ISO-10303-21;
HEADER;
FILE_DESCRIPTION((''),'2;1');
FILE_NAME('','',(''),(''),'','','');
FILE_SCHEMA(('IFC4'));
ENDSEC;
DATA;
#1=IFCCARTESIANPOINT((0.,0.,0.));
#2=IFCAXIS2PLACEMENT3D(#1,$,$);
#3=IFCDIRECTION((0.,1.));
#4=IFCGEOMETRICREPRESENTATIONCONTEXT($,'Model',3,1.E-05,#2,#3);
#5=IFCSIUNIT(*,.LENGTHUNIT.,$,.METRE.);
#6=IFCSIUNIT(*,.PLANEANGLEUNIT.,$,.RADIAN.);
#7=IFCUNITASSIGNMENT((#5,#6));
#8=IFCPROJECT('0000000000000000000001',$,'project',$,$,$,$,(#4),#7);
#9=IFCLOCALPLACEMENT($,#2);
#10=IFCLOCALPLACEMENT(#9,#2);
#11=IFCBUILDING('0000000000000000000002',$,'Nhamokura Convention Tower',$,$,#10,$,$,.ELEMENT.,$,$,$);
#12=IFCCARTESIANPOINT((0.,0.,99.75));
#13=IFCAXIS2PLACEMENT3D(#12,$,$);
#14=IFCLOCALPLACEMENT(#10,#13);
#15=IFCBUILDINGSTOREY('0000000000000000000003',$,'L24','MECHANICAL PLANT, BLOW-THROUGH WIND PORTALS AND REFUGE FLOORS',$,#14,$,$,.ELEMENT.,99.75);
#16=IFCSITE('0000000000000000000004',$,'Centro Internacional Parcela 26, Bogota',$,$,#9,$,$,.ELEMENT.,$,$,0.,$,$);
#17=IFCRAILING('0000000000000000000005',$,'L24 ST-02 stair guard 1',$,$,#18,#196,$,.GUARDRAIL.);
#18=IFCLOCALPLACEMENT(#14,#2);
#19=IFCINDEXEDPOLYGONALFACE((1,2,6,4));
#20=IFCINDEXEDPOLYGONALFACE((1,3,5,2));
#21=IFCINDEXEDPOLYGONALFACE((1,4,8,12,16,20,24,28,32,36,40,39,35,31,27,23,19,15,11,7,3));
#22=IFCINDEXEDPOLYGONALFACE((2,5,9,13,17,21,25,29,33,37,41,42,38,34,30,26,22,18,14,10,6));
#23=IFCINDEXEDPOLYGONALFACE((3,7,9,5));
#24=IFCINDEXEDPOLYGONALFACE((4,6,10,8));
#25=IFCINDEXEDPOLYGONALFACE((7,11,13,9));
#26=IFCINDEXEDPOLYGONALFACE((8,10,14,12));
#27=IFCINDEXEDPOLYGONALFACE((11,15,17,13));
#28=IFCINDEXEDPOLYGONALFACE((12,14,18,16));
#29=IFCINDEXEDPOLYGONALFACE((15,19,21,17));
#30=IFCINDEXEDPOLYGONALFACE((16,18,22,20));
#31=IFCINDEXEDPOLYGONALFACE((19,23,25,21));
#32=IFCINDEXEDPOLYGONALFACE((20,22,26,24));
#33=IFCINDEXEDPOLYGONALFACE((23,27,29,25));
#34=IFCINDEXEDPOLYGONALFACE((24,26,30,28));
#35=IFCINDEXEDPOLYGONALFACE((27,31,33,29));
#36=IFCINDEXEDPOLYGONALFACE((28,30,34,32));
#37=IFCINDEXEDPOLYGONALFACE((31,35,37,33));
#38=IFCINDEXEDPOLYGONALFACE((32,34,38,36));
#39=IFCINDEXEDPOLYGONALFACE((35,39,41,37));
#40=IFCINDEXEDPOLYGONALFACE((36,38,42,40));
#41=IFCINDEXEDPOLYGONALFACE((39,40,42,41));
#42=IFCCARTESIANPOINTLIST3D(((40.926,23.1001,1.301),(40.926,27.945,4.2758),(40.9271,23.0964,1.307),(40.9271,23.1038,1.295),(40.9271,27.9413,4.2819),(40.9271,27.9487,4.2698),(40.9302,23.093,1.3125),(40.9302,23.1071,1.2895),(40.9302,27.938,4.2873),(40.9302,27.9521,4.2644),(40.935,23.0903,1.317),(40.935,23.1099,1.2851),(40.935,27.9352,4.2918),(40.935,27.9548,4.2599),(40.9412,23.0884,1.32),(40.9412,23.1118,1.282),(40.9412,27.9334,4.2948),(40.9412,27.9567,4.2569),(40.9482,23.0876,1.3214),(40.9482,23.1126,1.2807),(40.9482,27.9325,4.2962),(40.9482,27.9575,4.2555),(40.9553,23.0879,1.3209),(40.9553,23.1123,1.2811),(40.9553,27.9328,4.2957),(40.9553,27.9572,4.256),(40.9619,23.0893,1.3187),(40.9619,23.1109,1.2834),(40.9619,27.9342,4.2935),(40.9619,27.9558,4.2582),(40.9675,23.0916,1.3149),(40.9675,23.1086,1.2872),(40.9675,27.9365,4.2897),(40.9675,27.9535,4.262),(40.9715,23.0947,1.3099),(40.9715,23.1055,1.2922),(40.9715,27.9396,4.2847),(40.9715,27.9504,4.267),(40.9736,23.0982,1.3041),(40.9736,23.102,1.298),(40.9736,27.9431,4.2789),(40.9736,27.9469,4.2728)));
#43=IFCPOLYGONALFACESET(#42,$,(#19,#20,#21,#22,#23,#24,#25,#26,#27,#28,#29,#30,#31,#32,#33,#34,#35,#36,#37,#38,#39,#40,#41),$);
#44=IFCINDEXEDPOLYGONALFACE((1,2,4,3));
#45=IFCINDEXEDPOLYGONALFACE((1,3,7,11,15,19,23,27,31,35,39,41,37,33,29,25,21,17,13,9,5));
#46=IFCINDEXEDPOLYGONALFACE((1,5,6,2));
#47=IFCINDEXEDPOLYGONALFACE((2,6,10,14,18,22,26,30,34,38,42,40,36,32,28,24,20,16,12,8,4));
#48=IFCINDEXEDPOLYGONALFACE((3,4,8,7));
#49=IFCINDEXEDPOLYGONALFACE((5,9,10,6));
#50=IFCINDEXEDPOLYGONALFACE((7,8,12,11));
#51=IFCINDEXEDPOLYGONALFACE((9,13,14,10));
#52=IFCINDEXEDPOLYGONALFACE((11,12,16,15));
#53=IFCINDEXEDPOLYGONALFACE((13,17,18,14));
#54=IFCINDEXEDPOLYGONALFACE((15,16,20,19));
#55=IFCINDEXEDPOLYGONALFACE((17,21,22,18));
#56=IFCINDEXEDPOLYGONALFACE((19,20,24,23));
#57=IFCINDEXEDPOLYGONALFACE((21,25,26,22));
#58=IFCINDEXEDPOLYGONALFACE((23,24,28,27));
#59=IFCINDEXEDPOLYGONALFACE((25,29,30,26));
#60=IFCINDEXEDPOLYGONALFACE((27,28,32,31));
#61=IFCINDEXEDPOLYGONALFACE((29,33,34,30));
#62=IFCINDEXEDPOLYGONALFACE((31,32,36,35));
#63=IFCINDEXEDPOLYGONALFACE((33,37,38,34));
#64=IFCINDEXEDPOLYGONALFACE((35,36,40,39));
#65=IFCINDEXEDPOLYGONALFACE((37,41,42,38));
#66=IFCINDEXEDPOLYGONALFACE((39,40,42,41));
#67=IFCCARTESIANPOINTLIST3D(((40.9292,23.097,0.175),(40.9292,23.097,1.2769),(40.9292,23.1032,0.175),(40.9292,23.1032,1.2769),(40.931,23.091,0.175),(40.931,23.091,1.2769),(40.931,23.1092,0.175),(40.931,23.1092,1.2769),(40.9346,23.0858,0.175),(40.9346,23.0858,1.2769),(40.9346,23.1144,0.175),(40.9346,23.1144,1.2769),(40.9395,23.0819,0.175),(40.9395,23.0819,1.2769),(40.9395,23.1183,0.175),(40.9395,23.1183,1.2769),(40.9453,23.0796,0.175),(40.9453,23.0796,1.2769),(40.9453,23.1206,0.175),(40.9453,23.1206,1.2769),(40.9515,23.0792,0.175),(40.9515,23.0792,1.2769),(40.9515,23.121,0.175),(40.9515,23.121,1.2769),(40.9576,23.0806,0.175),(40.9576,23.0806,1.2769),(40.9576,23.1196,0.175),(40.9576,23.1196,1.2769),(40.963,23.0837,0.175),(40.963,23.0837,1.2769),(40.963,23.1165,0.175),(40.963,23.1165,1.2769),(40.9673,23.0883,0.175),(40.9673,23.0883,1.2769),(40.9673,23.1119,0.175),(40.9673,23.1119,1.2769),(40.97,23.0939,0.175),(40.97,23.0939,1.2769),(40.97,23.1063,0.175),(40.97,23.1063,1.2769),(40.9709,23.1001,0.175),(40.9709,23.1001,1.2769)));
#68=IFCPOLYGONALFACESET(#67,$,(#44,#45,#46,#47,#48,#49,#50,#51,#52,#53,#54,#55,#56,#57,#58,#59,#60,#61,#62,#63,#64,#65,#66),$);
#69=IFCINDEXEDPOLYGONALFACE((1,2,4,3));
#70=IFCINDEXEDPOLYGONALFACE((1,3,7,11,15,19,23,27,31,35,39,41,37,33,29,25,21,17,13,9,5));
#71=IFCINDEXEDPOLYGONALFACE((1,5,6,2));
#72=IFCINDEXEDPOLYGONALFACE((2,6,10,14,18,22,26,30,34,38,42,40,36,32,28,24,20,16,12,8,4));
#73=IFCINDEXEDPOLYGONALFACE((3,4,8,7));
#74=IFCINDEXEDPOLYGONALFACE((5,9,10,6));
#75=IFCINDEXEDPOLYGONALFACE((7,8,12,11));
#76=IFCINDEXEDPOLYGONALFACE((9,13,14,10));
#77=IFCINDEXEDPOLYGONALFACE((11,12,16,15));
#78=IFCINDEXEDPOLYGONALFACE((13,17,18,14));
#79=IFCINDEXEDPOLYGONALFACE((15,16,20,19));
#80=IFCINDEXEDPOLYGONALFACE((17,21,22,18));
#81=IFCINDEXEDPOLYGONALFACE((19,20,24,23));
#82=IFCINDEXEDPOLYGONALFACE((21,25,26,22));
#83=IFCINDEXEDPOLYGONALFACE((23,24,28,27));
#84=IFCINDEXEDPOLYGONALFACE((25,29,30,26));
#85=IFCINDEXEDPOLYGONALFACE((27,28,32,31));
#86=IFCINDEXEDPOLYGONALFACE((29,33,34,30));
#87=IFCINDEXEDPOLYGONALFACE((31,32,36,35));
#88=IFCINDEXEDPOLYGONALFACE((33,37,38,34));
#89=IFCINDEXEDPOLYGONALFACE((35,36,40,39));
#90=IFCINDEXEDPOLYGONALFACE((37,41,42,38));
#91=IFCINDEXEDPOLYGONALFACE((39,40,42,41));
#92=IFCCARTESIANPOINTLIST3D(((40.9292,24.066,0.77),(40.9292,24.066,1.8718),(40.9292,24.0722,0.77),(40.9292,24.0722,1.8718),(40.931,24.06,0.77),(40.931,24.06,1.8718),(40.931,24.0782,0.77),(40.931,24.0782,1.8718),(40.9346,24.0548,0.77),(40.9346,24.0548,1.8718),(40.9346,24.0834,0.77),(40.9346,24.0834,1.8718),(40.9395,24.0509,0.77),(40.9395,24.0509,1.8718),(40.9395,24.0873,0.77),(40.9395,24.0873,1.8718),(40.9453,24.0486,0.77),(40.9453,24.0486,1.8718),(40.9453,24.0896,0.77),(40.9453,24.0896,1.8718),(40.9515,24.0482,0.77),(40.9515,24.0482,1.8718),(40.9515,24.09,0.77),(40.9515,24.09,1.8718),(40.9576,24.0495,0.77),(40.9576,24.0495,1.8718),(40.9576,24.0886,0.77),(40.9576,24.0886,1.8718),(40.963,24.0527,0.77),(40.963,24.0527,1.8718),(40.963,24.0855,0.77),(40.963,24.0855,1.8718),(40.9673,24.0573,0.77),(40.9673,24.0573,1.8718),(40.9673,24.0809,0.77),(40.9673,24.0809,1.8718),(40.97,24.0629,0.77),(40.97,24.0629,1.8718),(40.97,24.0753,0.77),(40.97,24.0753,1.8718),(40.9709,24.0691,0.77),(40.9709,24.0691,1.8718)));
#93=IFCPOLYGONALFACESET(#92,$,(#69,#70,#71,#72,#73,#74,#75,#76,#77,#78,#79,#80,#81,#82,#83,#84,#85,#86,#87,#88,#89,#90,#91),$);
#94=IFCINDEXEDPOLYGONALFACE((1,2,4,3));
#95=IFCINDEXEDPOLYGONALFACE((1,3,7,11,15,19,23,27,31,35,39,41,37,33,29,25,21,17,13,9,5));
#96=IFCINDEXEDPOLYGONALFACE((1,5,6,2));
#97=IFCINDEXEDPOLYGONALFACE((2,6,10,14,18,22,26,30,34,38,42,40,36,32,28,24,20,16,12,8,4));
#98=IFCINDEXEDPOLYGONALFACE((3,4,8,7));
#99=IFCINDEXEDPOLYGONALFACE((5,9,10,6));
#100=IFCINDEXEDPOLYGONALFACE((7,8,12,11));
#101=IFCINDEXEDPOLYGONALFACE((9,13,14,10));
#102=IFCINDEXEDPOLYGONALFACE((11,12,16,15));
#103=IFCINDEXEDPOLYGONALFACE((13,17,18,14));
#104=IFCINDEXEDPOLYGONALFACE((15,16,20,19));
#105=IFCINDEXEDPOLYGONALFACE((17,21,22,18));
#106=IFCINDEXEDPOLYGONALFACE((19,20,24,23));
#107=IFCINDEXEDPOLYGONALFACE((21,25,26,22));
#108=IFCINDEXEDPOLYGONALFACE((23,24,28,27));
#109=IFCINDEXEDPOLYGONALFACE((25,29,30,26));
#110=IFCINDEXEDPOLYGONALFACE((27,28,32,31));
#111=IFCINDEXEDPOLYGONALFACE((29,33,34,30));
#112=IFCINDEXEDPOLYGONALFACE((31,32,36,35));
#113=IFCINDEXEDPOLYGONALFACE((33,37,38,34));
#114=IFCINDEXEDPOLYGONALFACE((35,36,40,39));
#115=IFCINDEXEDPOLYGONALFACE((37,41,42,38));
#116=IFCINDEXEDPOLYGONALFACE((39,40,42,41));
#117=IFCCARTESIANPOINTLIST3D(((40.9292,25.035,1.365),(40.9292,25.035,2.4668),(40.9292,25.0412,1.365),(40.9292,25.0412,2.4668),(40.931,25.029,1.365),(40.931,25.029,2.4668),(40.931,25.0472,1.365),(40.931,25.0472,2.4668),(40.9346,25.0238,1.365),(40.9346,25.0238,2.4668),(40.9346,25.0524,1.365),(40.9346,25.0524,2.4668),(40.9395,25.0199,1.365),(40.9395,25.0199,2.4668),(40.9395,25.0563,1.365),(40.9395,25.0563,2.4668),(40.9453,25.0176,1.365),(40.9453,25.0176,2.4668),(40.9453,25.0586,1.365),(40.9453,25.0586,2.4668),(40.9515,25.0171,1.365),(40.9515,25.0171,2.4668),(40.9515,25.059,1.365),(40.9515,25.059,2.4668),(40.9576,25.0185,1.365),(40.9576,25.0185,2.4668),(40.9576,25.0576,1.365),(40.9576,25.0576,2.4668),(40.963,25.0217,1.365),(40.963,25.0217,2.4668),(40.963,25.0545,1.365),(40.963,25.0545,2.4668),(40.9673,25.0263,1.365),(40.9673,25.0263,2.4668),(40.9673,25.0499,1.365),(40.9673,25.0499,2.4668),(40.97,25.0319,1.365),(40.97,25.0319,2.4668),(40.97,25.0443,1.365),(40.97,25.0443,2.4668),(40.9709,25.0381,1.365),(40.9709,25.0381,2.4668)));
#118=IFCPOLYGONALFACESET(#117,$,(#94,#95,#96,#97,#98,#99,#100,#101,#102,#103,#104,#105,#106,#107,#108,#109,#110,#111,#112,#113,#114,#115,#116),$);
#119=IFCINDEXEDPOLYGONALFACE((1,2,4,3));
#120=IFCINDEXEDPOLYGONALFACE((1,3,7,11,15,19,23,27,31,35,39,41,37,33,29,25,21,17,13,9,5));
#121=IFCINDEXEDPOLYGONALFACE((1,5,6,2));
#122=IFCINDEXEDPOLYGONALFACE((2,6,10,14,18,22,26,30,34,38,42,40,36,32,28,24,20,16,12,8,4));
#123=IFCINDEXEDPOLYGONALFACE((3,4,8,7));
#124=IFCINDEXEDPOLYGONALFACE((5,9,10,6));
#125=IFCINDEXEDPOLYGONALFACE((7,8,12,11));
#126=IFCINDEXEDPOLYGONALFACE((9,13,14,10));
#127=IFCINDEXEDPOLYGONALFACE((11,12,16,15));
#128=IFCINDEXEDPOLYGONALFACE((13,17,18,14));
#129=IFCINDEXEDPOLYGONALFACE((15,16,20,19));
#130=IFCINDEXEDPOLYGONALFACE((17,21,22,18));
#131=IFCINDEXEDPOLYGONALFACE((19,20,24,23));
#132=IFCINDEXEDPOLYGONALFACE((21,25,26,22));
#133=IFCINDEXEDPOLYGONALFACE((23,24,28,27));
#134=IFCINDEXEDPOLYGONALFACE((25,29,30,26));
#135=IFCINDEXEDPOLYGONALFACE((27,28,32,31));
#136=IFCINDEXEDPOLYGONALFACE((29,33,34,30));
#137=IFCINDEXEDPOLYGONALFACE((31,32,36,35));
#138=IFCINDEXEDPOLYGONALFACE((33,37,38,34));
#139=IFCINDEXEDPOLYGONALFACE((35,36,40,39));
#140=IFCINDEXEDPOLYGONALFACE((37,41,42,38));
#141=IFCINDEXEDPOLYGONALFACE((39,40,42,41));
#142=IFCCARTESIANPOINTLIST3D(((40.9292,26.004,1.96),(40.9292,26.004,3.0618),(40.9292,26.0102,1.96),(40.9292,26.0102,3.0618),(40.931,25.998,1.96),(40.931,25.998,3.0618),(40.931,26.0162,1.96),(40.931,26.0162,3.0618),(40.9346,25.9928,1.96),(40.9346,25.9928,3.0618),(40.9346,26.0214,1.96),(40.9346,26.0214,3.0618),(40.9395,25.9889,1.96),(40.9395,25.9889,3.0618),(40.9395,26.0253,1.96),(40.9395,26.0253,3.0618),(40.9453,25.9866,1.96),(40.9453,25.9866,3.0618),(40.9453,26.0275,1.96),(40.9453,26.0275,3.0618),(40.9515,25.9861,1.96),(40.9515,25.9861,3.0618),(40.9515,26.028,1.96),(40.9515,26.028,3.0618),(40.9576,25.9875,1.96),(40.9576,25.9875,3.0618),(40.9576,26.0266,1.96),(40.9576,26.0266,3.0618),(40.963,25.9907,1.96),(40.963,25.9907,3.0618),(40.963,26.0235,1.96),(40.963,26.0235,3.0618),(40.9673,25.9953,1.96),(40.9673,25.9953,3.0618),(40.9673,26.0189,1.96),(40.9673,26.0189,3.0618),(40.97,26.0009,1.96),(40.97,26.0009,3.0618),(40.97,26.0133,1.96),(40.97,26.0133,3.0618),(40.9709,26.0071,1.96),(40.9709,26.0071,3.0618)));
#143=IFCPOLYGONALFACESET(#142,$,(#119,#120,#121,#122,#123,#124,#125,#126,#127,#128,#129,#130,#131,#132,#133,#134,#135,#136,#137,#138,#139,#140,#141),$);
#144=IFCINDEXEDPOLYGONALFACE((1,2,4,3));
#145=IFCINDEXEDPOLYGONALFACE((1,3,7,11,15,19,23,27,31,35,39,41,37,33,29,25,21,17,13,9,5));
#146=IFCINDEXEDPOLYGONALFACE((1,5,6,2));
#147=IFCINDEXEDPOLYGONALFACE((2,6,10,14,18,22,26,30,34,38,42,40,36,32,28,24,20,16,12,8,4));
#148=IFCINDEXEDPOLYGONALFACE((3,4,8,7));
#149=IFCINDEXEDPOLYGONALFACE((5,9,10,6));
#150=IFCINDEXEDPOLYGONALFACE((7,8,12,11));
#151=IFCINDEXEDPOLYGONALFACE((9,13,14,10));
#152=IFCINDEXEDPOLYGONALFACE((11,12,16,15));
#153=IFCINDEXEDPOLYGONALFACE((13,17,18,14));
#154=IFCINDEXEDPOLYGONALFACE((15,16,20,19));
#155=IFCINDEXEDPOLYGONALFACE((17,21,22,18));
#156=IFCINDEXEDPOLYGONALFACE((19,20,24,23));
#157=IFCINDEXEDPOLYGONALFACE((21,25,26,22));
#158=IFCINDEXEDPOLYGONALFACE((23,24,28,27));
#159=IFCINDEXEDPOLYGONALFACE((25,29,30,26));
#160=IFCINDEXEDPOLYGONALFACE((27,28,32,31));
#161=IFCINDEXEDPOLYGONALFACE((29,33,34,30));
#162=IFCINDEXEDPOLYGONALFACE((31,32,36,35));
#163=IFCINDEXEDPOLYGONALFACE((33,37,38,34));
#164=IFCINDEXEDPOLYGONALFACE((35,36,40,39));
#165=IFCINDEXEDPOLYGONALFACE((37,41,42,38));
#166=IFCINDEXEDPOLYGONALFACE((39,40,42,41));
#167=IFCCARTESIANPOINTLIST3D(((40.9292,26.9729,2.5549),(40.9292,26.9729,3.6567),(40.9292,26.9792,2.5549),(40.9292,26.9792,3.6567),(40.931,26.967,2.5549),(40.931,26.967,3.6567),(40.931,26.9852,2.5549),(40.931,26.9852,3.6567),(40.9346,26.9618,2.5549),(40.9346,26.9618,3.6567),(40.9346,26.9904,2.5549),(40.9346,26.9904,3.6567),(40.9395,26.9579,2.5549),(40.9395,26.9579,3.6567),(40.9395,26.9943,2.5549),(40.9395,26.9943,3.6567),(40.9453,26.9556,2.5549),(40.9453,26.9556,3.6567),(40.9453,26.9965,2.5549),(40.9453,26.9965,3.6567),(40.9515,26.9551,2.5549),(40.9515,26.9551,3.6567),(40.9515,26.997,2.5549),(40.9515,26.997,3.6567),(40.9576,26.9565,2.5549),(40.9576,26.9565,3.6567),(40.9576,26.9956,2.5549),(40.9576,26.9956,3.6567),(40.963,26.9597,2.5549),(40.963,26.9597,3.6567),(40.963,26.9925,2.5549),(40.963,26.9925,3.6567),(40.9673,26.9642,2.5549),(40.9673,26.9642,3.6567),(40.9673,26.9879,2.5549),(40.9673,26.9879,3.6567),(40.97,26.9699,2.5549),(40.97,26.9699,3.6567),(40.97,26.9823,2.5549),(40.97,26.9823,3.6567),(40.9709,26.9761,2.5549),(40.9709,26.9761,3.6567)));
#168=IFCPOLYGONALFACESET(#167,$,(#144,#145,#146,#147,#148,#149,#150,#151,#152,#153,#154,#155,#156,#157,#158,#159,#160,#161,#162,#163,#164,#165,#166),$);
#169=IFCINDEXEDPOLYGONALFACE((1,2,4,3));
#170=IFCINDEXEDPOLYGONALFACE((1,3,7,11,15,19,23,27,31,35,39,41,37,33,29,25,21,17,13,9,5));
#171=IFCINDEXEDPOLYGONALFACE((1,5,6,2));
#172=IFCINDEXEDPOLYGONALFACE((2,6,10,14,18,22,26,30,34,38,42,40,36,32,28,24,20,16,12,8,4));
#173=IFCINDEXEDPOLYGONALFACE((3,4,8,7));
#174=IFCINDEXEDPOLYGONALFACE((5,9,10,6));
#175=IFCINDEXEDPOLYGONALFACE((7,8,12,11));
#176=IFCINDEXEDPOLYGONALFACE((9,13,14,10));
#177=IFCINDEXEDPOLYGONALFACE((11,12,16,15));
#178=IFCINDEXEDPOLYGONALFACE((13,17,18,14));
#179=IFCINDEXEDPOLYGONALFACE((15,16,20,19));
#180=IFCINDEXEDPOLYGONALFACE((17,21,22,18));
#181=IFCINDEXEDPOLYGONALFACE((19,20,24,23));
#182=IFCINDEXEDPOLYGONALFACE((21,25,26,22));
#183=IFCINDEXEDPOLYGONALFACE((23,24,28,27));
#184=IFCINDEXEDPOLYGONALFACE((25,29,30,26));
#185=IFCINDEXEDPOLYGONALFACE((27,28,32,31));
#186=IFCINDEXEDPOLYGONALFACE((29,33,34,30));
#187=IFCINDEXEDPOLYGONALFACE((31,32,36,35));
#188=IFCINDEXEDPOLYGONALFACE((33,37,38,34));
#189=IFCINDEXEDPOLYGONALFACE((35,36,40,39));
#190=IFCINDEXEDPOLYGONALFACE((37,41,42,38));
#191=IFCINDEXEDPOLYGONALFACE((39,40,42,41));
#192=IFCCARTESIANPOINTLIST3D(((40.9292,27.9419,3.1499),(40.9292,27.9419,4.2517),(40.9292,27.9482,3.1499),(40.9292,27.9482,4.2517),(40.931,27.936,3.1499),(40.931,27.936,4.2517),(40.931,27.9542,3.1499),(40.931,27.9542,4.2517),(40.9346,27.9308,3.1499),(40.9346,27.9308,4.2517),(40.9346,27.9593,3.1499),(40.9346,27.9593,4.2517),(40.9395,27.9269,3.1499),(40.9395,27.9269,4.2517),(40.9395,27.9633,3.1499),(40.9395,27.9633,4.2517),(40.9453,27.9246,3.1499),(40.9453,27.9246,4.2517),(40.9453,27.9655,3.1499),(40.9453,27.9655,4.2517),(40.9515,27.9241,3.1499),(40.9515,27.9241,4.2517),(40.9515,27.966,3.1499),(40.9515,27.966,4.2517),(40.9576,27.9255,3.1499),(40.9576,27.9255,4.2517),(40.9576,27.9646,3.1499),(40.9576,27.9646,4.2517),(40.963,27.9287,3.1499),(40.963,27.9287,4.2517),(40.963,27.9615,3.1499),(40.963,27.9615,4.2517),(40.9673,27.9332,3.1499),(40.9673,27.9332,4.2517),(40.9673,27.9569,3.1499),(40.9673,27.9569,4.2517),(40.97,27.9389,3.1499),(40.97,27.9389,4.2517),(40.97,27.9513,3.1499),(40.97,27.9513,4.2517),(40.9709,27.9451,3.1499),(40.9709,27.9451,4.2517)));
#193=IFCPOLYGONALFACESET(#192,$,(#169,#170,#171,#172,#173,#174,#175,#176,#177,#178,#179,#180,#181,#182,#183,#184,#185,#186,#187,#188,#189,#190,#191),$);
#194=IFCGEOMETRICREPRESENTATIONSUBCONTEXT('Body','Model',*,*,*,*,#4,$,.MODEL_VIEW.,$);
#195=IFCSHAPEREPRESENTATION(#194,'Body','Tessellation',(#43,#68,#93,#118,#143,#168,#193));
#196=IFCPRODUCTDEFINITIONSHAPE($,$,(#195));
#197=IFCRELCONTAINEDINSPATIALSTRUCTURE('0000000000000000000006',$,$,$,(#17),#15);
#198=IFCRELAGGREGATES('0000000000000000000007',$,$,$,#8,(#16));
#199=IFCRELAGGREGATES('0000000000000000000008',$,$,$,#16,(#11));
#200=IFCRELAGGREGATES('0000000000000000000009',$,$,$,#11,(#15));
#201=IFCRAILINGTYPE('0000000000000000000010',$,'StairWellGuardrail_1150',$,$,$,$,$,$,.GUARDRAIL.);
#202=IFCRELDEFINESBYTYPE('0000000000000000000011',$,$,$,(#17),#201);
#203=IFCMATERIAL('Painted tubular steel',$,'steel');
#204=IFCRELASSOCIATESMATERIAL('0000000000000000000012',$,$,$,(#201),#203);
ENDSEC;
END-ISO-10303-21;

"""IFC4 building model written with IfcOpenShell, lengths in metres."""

from ifc_helpers import new_model, si_unit, direction, frame, origin, origin_2d, place, context, subcontext, project, spatial, circle, extrude, material, type_object, element, save


model = new_model("IFC4")

# Units and contexts
model_context = context("Model", 3, precision=1e-05, world=origin(), true_north=direction((0.0, 1.0)))
body_context = subcontext(model_context, "Body", "Model", "MODEL_VIEW")
ifc_project = project(units=[si_unit("LENGTHUNIT", "METRE"), si_unit("PLANEANGLEUNIT", "RADIAN")], contexts=[model_context])

# Site, building, storey
site_placement = place(None, origin())
site = spatial("IfcSite", under=ifc_project, at=site_placement, Name="Centro Internacional Parcela 26, Bogota", CompositionType="ELEMENT", RefElevation=0.0)
building_placement = place(site_placement, origin())
building = spatial("IfcBuilding", under=site, at=building_placement, Name="Nhamokura Convention Tower", CompositionType="ELEMENT")
storey_placement = place(building_placement, frame((0.0, 0.0, 99.75)))
storey = spatial("IfcBuildingStorey", under=building, at=storey_placement, Name="L24", Description="MECHANICAL PLANT, BLOW-THROUGH WIND PORTALS AND REFUGE FLOORS", CompositionType="ELEMENT", Elevation=99.75)

# Railing
ifc_material_1 = material(Name="Painted tubular steel", Category="steel")
railing_type_1 = type_object("IfcRailingType", Name="StairWellGuardrail_1150", PredefinedType="GUARDRAIL", material=ifc_material_1)
railing_1_placement = place(storey_placement, frame((40.95, 23.1001, 0.175)))
element("IfcRailing", 1, at=railing_1_placement, inside=storey, type_object=railing_type_1, Name="L24 ST-02 stair guard 1", PredefinedType="GUARDRAIL", context=body_context, shape_type="SweptSolid", body=[
    extrude(circle(Radius=0.0239, at=origin_2d()), frame((0.0, 0.0, 1.126), z_axis=(0.0, 0.852181, 0.523247), x_axis=(-1.0, 0.0, 0.0)), (0.0, 0.0, 1.0), 5.6853),
    extrude(circle(Radius=0.021, at=origin_2d()), origin(), (0.0, 0.0, 1.0), 1.1018),
    extrude(circle(Radius=0.021, at=origin_2d()), frame((0.0, 0.969, 0.595)), (0.0, 0.0, 1.0), 1.1018),
    extrude(circle(Radius=0.021, at=origin_2d()), frame((0.0, 1.938, 1.1899)), (0.0, 0.0, 1.0), 1.1018),
    extrude(circle(Radius=0.021, at=origin_2d()), frame((0.0, 2.907, 1.7849)), (0.0, 0.0, 1.0), 1.1018),
    extrude(circle(Radius=0.021, at=origin_2d()), frame((0.0, 3.876, 2.3799)), (0.0, 0.0, 1.0), 1.1018),
    extrude(circle(Radius=0.021, at=origin_2d()), frame((0.0, 4.845, 2.9749)), (0.0, 0.0, 1.0), 1.1018),
])

save(model, "model.ifc")
